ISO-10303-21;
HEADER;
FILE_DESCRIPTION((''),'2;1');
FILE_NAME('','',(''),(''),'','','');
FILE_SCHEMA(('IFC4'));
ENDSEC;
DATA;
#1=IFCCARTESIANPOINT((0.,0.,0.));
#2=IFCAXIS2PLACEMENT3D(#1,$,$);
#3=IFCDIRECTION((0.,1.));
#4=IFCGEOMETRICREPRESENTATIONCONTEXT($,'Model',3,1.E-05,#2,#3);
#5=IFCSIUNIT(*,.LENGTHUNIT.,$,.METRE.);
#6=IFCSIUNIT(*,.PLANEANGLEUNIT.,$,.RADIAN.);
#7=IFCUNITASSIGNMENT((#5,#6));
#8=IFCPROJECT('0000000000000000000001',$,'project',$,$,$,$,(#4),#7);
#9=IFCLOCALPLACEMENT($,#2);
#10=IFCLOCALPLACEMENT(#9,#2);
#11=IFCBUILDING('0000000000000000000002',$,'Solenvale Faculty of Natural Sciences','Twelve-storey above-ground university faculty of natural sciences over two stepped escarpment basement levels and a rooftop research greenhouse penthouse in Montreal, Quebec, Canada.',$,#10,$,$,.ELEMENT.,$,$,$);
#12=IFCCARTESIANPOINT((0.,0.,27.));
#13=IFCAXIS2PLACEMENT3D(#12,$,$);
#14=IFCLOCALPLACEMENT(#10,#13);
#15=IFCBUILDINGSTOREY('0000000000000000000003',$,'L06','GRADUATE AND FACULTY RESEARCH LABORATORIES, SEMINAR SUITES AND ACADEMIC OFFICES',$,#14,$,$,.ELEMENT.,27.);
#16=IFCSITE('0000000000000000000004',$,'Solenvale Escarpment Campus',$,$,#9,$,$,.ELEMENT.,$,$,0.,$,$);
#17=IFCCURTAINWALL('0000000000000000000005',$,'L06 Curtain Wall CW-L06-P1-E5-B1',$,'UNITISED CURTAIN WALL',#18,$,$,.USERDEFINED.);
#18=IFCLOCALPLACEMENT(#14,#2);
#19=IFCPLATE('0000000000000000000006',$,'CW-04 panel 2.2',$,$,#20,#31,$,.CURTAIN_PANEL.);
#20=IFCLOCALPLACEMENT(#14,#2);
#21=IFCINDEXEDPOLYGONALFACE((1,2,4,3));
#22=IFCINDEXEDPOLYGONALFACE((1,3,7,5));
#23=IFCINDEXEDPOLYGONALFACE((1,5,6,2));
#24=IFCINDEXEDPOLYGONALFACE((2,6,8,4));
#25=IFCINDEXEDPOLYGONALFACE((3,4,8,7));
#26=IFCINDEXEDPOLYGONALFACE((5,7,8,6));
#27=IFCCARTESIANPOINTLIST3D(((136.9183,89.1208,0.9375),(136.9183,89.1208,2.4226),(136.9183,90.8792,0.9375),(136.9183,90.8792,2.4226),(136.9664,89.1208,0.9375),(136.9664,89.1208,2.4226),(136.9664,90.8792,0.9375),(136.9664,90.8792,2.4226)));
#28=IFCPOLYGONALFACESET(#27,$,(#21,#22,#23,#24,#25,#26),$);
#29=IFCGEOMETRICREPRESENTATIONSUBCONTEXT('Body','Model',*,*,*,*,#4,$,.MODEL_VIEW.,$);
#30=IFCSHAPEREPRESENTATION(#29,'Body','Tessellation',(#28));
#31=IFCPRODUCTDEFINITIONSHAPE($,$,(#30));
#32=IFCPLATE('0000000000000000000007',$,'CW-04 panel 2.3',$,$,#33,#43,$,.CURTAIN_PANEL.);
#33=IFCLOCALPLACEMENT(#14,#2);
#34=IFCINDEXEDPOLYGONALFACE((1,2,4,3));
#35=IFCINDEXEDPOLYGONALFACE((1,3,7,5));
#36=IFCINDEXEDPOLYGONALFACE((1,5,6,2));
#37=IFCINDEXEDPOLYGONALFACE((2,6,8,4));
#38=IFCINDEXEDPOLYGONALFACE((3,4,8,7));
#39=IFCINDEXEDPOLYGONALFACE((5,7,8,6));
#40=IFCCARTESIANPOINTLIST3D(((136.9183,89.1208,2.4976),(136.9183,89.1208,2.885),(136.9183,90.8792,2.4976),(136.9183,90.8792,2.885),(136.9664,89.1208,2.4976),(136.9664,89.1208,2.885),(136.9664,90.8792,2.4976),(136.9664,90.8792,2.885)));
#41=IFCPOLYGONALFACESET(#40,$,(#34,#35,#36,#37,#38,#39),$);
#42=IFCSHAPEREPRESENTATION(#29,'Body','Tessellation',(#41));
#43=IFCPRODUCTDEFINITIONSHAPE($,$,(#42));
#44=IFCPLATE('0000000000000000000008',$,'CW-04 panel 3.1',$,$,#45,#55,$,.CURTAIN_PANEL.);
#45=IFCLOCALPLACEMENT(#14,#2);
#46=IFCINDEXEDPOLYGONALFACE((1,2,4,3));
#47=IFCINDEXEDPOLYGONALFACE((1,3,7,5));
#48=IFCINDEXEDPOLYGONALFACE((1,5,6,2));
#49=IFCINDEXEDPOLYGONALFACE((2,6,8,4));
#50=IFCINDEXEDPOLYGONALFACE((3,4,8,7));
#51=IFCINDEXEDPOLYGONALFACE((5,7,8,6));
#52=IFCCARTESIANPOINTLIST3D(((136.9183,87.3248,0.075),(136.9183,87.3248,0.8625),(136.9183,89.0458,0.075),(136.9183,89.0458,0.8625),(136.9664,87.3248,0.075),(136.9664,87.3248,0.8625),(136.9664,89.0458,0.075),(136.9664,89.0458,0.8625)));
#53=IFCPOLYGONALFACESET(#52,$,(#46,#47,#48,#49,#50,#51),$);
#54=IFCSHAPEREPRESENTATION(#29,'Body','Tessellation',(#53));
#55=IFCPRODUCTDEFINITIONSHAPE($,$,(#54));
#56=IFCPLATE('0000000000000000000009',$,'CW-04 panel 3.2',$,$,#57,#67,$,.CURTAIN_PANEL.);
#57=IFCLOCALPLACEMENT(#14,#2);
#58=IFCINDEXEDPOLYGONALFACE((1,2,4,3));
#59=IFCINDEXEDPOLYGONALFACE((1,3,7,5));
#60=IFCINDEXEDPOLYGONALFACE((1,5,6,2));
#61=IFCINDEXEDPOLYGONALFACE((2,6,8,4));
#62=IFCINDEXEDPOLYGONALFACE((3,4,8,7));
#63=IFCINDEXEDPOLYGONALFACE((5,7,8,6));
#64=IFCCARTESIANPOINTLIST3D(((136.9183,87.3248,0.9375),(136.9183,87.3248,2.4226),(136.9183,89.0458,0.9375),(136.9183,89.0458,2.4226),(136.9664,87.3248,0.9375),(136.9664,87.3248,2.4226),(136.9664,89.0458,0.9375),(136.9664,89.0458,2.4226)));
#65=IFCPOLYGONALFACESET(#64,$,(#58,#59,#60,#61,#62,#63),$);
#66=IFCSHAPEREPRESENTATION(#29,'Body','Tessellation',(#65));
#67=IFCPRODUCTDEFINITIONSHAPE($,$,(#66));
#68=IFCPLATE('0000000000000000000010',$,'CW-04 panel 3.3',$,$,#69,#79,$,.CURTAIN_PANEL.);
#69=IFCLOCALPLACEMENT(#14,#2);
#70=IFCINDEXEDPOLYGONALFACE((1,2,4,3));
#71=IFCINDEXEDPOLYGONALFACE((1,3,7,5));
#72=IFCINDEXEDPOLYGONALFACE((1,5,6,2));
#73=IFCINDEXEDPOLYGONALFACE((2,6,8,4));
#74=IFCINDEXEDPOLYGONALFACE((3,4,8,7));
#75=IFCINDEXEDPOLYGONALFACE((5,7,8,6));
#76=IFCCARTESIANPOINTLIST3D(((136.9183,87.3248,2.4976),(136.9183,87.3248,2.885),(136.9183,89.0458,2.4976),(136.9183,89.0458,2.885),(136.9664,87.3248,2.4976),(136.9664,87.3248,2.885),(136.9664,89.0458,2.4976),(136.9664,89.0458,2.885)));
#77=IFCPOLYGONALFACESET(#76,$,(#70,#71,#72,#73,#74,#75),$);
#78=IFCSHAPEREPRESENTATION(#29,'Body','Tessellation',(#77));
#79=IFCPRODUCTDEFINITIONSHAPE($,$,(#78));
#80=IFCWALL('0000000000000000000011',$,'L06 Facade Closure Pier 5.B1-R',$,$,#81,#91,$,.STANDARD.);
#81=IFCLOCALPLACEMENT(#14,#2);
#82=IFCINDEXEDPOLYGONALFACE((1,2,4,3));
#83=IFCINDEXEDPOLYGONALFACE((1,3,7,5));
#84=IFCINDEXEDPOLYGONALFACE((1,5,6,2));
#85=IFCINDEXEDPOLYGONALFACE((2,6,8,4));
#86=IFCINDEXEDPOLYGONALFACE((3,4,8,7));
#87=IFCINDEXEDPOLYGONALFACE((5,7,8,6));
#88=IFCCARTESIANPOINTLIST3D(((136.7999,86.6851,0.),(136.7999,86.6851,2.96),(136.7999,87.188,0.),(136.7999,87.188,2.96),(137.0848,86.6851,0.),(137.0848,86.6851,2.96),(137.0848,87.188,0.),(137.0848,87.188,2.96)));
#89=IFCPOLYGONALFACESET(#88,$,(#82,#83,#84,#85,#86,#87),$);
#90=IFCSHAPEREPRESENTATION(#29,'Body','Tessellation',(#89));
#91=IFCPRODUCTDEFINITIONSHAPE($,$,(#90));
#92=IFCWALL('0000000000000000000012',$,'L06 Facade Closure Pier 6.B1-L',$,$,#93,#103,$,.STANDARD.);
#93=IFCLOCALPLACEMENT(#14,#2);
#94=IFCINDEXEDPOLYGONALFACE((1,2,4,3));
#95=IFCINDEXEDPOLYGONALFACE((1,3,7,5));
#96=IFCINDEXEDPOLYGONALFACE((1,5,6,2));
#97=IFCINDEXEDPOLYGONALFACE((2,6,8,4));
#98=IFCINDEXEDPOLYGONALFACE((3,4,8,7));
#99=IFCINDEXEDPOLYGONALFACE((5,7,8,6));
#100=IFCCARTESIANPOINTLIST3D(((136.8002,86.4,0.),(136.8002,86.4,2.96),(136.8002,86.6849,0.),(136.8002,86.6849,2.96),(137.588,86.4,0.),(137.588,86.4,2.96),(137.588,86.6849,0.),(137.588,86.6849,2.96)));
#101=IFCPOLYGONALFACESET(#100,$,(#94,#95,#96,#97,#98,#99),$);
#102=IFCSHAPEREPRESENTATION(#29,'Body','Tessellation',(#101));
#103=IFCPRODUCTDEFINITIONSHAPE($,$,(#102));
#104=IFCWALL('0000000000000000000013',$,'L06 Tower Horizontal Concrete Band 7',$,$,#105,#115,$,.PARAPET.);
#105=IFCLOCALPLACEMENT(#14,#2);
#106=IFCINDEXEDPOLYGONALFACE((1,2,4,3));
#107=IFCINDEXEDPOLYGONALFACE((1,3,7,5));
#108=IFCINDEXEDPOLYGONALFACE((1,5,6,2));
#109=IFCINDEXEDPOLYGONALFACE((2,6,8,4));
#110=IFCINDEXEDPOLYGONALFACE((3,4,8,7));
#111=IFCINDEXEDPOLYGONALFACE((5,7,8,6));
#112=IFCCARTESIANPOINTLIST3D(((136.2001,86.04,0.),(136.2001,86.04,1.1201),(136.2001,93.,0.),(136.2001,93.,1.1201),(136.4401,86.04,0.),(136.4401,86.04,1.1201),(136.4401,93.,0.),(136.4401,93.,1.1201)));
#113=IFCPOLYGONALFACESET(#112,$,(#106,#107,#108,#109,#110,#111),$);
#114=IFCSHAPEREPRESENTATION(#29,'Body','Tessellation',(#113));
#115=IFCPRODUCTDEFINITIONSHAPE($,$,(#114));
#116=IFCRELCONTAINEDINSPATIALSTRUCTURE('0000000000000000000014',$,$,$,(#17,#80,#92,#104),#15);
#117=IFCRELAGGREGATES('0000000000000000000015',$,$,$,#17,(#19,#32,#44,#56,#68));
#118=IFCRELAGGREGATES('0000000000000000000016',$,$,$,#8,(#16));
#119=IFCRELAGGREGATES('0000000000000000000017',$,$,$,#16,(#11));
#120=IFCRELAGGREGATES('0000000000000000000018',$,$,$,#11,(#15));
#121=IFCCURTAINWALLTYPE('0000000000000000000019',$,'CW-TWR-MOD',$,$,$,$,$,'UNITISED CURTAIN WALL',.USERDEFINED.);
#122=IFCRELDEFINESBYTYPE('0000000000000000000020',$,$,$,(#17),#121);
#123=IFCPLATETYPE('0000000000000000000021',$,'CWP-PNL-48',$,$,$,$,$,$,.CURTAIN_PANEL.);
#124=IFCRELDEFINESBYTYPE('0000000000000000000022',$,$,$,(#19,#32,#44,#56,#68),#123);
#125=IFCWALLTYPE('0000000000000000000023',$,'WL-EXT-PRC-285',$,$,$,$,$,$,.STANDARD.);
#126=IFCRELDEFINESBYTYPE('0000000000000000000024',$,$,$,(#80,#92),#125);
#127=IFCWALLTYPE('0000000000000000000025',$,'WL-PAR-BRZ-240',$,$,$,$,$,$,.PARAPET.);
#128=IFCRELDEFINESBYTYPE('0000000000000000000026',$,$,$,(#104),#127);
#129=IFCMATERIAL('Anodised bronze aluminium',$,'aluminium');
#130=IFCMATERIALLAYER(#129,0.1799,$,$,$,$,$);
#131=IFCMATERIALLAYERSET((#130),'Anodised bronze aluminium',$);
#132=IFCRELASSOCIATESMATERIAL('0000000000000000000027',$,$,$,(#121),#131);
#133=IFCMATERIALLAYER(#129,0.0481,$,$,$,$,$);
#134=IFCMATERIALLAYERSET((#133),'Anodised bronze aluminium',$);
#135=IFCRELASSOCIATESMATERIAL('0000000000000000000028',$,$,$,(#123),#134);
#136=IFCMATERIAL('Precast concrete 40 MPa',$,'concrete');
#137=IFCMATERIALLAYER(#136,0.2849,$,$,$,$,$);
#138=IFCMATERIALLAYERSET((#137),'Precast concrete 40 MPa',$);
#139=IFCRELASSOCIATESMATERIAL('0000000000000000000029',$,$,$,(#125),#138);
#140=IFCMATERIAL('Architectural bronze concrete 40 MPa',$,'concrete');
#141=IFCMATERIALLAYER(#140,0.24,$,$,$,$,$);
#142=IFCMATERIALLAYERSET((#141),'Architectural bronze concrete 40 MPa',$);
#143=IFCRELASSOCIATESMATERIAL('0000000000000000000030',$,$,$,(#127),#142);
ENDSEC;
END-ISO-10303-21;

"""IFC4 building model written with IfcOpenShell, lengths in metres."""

from ifc_helpers import new_model, si_unit, direction, frame, frame_2d, origin, origin_2d, place, context, subcontext, project, spatial, rectangle, extrude, material, layer, layer_set, type_object, element, aggregate, save


model = new_model("IFC4")

# Units and contexts
model_context = context("Model", 3, precision=1e-05, world=origin(), true_north=direction((0.0, 1.0)))
body_context = subcontext(model_context, "Body", "Model", "MODEL_VIEW")
ifc_project = project(units=[si_unit("LENGTHUNIT", "METRE"), si_unit("PLANEANGLEUNIT", "RADIAN")], contexts=[model_context])

# Site, building, storey
site_placement = place(None, origin())
site = spatial("IfcSite", under=ifc_project, at=site_placement, Name="Solenvale Escarpment Campus", CompositionType="ELEMENT", RefElevation=0.0)
building_placement = place(site_placement, origin())
building = spatial("IfcBuilding", under=site, at=building_placement, Name="Solenvale Faculty of Natural Sciences", Description="Twelve-storey above-ground university faculty of natural sciences over two stepped escarpment basement levels and a rooftop research greenhouse penthouse in Montreal, Quebec, Canada.", CompositionType="ELEMENT")
storey_placement = place(building_placement, frame((0.0, 0.0, 27.0)))
storey = spatial("IfcBuildingStorey", under=building, at=storey_placement, Name="L06", Description="GRADUATE AND FACULTY RESEARCH LABORATORIES, SEMINAR SUITES AND ACADEMIC OFFICES", CompositionType="ELEMENT", Elevation=27.0)

# Curtain wall
ifc_material_1 = material(Name="Anodised bronze aluminium", Category="aluminium")
ifc_layer_1 = layer(ifc_material_1, 0.1799)
ifc_layer_set_1 = layer_set([ifc_layer_1], Name="Anodised bronze aluminium")
curtain_wall_type = type_object("IfcCurtainWallType", Name="CW-TWR-MOD", ElementType="UNITISED CURTAIN WALL", PredefinedType="USERDEFINED", material=ifc_layer_set_1)
curtain_wall_1_placement = place(storey_placement, origin())
curtain_wall_1 = element("IfcCurtainWall", 1, at=curtain_wall_1_placement, inside=storey, type_object=curtain_wall_type, Name="L06 Curtain Wall CW-L06-P1-E5-B1", ObjectType="UNITISED CURTAIN WALL", PredefinedType="USERDEFINED")

# Plates
ifc_layer_2 = layer(ifc_material_1, 0.0481)
ifc_layer_set_2 = layer_set([ifc_layer_2], Name="Anodised bronze aluminium")
plate_type = type_object("IfcPlateType", Name="CWP-PNL-48", PredefinedType="CURTAIN_PANEL", material=ifc_layer_set_2)
plate_1_placement = place(storey_placement, frame((136.9424, 90.0, 0.9375), z_axis=(0.0, 0.0, 1.0), x_axis=(0.0, -1.0, 0.0)))
plate_1 = element("IfcPlate", 2, at=plate_1_placement, type_object=plate_type, Name="CW-04 panel 2.2", PredefinedType="CURTAIN_PANEL", context=body_context, shape_type="SweptSolid", body=[
    extrude(rectangle(XDim=1.7583, YDim=0.0481, at=origin_2d()), origin(), (0.0, 0.0, 1.0), 1.4851),
])
plate_2_placement = place(storey_placement, frame((136.9424, 90.0, 2.4976), z_axis=(0.0, 0.0, 1.0), x_axis=(0.0, -1.0, 0.0)))
plate_2 = element("IfcPlate", 3, at=plate_2_placement, type_object=plate_type, Name="CW-04 panel 2.3", PredefinedType="CURTAIN_PANEL", context=body_context, shape_type="SweptSolid", body=[
    extrude(rectangle(XDim=1.7583, YDim=0.0481, at=origin_2d()), origin(), (0.0, 0.0, 1.0), 0.3875),
])
plate_3_placement = place(storey_placement, frame((136.9424, 88.1853, 0.075), z_axis=(0.0, 0.0, 1.0), x_axis=(0.0, -1.0, 0.0)))
plate_3 = element("IfcPlate", 4, at=plate_3_placement, type_object=plate_type, Name="CW-04 panel 3.1", PredefinedType="CURTAIN_PANEL", context=body_context, shape_type="SweptSolid", body=[
    extrude(rectangle(XDim=1.7209, YDim=0.0481, at=origin_2d()), origin(), (0.0, 0.0, 1.0), 0.7876),
])
plate_4_placement = place(storey_placement, frame((136.9424, 88.1853, 0.9375), z_axis=(0.0, 0.0, 1.0), x_axis=(0.0, -1.0, 0.0)))
plate_4 = element("IfcPlate", 5, at=plate_4_placement, type_object=plate_type, Name="CW-04 panel 3.2", PredefinedType="CURTAIN_PANEL", context=body_context, shape_type="SweptSolid", body=[
    extrude(rectangle(XDim=1.7209, YDim=0.0481, at=origin_2d()), origin(), (0.0, 0.0, 1.0), 1.4851),
])
plate_5_placement = place(storey_placement, frame((136.9424, 88.1853, 2.4976), z_axis=(0.0, 0.0, 1.0), x_axis=(0.0, -1.0, 0.0)))
plate_5 = element("IfcPlate", 6, at=plate_5_placement, type_object=plate_type, Name="CW-04 panel 3.3", PredefinedType="CURTAIN_PANEL", context=body_context, shape_type="SweptSolid", body=[
    extrude(rectangle(XDim=1.7209, YDim=0.0481, at=origin_2d()), origin(), (0.0, 0.0, 1.0), 0.3875),
])
aggregate(curtain_wall_1, [plate_1, plate_2, plate_3, plate_4, plate_5])

# Walls
ifc_material_2 = material(Name="Precast concrete 40 MPa", Category="concrete")
ifc_layer_3 = layer(ifc_material_2, 0.2849)
ifc_layer_set_3 = layer_set([ifc_layer_3], Name="Precast concrete 40 MPa")
wall_type_1 = type_object("IfcWallType", Name="WL-EXT-PRC-285", PredefinedType="STANDARD", material=ifc_layer_set_3)
wall_1_placement = place(storey_placement, frame((136.9424, 87.188, 0.0), z_axis=(0.0, 0.0, 1.0), x_axis=(0.0, -1.0, 0.0)))
element("IfcWall", 7, at=wall_1_placement, inside=storey, type_object=wall_type_1, Name="L06 Facade Closure Pier 5.B1-R", PredefinedType="STANDARD", context=body_context, shape_type="SweptSolid", body=[
    extrude(rectangle(XDim=0.5029, YDim=0.2849, at=frame_2d((0.2515, 0.0))), origin(), (0.0, 0.0, 1.0), 2.96),
])
wall_2_placement = place(storey_placement, frame((136.8, 86.5425, 0.0), z_axis=(0.0, 0.0, 1.0), x_axis=(1.0, 0.0, 0.0)))
element("IfcWall", 8, at=wall_2_placement, inside=storey, type_object=wall_type_1, Name="L06 Facade Closure Pier 6.B1-L", PredefinedType="STANDARD", context=body_context, shape_type="SweptSolid", body=[
    extrude(rectangle(XDim=0.7878, YDim=0.2849, at=frame_2d((0.394, 0.0))), origin(), (0.0, 0.0, 1.0), 2.96),
])
ifc_material_3 = material(Name="Architectural bronze concrete 40 MPa", Category="concrete")
ifc_layer_4 = layer(ifc_material_3, 0.24)
ifc_layer_set_4 = layer_set([ifc_layer_4], Name="Architectural bronze concrete 40 MPa")
wall_type_2 = type_object("IfcWallType", Name="WL-PAR-BRZ-240", PredefinedType="PARAPET", material=ifc_layer_set_4)
wall_3_placement = place(storey_placement, frame((136.3201, 86.04, 0.0), z_axis=(0.0, 0.0, 1.0), x_axis=(0.0, 1.0, 0.0)))
element("IfcWall", 9, at=wall_3_placement, inside=storey, type_object=wall_type_2, Name="L06 Tower Horizontal Concrete Band 7", PredefinedType="PARAPET", context=body_context, shape_type="SweptSolid", body=[
    extrude(rectangle(XDim=6.96, YDim=0.24, at=frame_2d((3.48, 0.0))), origin(), (0.0, 0.0, 1.0), 1.1201),
])

save(model, "model.ifc")
